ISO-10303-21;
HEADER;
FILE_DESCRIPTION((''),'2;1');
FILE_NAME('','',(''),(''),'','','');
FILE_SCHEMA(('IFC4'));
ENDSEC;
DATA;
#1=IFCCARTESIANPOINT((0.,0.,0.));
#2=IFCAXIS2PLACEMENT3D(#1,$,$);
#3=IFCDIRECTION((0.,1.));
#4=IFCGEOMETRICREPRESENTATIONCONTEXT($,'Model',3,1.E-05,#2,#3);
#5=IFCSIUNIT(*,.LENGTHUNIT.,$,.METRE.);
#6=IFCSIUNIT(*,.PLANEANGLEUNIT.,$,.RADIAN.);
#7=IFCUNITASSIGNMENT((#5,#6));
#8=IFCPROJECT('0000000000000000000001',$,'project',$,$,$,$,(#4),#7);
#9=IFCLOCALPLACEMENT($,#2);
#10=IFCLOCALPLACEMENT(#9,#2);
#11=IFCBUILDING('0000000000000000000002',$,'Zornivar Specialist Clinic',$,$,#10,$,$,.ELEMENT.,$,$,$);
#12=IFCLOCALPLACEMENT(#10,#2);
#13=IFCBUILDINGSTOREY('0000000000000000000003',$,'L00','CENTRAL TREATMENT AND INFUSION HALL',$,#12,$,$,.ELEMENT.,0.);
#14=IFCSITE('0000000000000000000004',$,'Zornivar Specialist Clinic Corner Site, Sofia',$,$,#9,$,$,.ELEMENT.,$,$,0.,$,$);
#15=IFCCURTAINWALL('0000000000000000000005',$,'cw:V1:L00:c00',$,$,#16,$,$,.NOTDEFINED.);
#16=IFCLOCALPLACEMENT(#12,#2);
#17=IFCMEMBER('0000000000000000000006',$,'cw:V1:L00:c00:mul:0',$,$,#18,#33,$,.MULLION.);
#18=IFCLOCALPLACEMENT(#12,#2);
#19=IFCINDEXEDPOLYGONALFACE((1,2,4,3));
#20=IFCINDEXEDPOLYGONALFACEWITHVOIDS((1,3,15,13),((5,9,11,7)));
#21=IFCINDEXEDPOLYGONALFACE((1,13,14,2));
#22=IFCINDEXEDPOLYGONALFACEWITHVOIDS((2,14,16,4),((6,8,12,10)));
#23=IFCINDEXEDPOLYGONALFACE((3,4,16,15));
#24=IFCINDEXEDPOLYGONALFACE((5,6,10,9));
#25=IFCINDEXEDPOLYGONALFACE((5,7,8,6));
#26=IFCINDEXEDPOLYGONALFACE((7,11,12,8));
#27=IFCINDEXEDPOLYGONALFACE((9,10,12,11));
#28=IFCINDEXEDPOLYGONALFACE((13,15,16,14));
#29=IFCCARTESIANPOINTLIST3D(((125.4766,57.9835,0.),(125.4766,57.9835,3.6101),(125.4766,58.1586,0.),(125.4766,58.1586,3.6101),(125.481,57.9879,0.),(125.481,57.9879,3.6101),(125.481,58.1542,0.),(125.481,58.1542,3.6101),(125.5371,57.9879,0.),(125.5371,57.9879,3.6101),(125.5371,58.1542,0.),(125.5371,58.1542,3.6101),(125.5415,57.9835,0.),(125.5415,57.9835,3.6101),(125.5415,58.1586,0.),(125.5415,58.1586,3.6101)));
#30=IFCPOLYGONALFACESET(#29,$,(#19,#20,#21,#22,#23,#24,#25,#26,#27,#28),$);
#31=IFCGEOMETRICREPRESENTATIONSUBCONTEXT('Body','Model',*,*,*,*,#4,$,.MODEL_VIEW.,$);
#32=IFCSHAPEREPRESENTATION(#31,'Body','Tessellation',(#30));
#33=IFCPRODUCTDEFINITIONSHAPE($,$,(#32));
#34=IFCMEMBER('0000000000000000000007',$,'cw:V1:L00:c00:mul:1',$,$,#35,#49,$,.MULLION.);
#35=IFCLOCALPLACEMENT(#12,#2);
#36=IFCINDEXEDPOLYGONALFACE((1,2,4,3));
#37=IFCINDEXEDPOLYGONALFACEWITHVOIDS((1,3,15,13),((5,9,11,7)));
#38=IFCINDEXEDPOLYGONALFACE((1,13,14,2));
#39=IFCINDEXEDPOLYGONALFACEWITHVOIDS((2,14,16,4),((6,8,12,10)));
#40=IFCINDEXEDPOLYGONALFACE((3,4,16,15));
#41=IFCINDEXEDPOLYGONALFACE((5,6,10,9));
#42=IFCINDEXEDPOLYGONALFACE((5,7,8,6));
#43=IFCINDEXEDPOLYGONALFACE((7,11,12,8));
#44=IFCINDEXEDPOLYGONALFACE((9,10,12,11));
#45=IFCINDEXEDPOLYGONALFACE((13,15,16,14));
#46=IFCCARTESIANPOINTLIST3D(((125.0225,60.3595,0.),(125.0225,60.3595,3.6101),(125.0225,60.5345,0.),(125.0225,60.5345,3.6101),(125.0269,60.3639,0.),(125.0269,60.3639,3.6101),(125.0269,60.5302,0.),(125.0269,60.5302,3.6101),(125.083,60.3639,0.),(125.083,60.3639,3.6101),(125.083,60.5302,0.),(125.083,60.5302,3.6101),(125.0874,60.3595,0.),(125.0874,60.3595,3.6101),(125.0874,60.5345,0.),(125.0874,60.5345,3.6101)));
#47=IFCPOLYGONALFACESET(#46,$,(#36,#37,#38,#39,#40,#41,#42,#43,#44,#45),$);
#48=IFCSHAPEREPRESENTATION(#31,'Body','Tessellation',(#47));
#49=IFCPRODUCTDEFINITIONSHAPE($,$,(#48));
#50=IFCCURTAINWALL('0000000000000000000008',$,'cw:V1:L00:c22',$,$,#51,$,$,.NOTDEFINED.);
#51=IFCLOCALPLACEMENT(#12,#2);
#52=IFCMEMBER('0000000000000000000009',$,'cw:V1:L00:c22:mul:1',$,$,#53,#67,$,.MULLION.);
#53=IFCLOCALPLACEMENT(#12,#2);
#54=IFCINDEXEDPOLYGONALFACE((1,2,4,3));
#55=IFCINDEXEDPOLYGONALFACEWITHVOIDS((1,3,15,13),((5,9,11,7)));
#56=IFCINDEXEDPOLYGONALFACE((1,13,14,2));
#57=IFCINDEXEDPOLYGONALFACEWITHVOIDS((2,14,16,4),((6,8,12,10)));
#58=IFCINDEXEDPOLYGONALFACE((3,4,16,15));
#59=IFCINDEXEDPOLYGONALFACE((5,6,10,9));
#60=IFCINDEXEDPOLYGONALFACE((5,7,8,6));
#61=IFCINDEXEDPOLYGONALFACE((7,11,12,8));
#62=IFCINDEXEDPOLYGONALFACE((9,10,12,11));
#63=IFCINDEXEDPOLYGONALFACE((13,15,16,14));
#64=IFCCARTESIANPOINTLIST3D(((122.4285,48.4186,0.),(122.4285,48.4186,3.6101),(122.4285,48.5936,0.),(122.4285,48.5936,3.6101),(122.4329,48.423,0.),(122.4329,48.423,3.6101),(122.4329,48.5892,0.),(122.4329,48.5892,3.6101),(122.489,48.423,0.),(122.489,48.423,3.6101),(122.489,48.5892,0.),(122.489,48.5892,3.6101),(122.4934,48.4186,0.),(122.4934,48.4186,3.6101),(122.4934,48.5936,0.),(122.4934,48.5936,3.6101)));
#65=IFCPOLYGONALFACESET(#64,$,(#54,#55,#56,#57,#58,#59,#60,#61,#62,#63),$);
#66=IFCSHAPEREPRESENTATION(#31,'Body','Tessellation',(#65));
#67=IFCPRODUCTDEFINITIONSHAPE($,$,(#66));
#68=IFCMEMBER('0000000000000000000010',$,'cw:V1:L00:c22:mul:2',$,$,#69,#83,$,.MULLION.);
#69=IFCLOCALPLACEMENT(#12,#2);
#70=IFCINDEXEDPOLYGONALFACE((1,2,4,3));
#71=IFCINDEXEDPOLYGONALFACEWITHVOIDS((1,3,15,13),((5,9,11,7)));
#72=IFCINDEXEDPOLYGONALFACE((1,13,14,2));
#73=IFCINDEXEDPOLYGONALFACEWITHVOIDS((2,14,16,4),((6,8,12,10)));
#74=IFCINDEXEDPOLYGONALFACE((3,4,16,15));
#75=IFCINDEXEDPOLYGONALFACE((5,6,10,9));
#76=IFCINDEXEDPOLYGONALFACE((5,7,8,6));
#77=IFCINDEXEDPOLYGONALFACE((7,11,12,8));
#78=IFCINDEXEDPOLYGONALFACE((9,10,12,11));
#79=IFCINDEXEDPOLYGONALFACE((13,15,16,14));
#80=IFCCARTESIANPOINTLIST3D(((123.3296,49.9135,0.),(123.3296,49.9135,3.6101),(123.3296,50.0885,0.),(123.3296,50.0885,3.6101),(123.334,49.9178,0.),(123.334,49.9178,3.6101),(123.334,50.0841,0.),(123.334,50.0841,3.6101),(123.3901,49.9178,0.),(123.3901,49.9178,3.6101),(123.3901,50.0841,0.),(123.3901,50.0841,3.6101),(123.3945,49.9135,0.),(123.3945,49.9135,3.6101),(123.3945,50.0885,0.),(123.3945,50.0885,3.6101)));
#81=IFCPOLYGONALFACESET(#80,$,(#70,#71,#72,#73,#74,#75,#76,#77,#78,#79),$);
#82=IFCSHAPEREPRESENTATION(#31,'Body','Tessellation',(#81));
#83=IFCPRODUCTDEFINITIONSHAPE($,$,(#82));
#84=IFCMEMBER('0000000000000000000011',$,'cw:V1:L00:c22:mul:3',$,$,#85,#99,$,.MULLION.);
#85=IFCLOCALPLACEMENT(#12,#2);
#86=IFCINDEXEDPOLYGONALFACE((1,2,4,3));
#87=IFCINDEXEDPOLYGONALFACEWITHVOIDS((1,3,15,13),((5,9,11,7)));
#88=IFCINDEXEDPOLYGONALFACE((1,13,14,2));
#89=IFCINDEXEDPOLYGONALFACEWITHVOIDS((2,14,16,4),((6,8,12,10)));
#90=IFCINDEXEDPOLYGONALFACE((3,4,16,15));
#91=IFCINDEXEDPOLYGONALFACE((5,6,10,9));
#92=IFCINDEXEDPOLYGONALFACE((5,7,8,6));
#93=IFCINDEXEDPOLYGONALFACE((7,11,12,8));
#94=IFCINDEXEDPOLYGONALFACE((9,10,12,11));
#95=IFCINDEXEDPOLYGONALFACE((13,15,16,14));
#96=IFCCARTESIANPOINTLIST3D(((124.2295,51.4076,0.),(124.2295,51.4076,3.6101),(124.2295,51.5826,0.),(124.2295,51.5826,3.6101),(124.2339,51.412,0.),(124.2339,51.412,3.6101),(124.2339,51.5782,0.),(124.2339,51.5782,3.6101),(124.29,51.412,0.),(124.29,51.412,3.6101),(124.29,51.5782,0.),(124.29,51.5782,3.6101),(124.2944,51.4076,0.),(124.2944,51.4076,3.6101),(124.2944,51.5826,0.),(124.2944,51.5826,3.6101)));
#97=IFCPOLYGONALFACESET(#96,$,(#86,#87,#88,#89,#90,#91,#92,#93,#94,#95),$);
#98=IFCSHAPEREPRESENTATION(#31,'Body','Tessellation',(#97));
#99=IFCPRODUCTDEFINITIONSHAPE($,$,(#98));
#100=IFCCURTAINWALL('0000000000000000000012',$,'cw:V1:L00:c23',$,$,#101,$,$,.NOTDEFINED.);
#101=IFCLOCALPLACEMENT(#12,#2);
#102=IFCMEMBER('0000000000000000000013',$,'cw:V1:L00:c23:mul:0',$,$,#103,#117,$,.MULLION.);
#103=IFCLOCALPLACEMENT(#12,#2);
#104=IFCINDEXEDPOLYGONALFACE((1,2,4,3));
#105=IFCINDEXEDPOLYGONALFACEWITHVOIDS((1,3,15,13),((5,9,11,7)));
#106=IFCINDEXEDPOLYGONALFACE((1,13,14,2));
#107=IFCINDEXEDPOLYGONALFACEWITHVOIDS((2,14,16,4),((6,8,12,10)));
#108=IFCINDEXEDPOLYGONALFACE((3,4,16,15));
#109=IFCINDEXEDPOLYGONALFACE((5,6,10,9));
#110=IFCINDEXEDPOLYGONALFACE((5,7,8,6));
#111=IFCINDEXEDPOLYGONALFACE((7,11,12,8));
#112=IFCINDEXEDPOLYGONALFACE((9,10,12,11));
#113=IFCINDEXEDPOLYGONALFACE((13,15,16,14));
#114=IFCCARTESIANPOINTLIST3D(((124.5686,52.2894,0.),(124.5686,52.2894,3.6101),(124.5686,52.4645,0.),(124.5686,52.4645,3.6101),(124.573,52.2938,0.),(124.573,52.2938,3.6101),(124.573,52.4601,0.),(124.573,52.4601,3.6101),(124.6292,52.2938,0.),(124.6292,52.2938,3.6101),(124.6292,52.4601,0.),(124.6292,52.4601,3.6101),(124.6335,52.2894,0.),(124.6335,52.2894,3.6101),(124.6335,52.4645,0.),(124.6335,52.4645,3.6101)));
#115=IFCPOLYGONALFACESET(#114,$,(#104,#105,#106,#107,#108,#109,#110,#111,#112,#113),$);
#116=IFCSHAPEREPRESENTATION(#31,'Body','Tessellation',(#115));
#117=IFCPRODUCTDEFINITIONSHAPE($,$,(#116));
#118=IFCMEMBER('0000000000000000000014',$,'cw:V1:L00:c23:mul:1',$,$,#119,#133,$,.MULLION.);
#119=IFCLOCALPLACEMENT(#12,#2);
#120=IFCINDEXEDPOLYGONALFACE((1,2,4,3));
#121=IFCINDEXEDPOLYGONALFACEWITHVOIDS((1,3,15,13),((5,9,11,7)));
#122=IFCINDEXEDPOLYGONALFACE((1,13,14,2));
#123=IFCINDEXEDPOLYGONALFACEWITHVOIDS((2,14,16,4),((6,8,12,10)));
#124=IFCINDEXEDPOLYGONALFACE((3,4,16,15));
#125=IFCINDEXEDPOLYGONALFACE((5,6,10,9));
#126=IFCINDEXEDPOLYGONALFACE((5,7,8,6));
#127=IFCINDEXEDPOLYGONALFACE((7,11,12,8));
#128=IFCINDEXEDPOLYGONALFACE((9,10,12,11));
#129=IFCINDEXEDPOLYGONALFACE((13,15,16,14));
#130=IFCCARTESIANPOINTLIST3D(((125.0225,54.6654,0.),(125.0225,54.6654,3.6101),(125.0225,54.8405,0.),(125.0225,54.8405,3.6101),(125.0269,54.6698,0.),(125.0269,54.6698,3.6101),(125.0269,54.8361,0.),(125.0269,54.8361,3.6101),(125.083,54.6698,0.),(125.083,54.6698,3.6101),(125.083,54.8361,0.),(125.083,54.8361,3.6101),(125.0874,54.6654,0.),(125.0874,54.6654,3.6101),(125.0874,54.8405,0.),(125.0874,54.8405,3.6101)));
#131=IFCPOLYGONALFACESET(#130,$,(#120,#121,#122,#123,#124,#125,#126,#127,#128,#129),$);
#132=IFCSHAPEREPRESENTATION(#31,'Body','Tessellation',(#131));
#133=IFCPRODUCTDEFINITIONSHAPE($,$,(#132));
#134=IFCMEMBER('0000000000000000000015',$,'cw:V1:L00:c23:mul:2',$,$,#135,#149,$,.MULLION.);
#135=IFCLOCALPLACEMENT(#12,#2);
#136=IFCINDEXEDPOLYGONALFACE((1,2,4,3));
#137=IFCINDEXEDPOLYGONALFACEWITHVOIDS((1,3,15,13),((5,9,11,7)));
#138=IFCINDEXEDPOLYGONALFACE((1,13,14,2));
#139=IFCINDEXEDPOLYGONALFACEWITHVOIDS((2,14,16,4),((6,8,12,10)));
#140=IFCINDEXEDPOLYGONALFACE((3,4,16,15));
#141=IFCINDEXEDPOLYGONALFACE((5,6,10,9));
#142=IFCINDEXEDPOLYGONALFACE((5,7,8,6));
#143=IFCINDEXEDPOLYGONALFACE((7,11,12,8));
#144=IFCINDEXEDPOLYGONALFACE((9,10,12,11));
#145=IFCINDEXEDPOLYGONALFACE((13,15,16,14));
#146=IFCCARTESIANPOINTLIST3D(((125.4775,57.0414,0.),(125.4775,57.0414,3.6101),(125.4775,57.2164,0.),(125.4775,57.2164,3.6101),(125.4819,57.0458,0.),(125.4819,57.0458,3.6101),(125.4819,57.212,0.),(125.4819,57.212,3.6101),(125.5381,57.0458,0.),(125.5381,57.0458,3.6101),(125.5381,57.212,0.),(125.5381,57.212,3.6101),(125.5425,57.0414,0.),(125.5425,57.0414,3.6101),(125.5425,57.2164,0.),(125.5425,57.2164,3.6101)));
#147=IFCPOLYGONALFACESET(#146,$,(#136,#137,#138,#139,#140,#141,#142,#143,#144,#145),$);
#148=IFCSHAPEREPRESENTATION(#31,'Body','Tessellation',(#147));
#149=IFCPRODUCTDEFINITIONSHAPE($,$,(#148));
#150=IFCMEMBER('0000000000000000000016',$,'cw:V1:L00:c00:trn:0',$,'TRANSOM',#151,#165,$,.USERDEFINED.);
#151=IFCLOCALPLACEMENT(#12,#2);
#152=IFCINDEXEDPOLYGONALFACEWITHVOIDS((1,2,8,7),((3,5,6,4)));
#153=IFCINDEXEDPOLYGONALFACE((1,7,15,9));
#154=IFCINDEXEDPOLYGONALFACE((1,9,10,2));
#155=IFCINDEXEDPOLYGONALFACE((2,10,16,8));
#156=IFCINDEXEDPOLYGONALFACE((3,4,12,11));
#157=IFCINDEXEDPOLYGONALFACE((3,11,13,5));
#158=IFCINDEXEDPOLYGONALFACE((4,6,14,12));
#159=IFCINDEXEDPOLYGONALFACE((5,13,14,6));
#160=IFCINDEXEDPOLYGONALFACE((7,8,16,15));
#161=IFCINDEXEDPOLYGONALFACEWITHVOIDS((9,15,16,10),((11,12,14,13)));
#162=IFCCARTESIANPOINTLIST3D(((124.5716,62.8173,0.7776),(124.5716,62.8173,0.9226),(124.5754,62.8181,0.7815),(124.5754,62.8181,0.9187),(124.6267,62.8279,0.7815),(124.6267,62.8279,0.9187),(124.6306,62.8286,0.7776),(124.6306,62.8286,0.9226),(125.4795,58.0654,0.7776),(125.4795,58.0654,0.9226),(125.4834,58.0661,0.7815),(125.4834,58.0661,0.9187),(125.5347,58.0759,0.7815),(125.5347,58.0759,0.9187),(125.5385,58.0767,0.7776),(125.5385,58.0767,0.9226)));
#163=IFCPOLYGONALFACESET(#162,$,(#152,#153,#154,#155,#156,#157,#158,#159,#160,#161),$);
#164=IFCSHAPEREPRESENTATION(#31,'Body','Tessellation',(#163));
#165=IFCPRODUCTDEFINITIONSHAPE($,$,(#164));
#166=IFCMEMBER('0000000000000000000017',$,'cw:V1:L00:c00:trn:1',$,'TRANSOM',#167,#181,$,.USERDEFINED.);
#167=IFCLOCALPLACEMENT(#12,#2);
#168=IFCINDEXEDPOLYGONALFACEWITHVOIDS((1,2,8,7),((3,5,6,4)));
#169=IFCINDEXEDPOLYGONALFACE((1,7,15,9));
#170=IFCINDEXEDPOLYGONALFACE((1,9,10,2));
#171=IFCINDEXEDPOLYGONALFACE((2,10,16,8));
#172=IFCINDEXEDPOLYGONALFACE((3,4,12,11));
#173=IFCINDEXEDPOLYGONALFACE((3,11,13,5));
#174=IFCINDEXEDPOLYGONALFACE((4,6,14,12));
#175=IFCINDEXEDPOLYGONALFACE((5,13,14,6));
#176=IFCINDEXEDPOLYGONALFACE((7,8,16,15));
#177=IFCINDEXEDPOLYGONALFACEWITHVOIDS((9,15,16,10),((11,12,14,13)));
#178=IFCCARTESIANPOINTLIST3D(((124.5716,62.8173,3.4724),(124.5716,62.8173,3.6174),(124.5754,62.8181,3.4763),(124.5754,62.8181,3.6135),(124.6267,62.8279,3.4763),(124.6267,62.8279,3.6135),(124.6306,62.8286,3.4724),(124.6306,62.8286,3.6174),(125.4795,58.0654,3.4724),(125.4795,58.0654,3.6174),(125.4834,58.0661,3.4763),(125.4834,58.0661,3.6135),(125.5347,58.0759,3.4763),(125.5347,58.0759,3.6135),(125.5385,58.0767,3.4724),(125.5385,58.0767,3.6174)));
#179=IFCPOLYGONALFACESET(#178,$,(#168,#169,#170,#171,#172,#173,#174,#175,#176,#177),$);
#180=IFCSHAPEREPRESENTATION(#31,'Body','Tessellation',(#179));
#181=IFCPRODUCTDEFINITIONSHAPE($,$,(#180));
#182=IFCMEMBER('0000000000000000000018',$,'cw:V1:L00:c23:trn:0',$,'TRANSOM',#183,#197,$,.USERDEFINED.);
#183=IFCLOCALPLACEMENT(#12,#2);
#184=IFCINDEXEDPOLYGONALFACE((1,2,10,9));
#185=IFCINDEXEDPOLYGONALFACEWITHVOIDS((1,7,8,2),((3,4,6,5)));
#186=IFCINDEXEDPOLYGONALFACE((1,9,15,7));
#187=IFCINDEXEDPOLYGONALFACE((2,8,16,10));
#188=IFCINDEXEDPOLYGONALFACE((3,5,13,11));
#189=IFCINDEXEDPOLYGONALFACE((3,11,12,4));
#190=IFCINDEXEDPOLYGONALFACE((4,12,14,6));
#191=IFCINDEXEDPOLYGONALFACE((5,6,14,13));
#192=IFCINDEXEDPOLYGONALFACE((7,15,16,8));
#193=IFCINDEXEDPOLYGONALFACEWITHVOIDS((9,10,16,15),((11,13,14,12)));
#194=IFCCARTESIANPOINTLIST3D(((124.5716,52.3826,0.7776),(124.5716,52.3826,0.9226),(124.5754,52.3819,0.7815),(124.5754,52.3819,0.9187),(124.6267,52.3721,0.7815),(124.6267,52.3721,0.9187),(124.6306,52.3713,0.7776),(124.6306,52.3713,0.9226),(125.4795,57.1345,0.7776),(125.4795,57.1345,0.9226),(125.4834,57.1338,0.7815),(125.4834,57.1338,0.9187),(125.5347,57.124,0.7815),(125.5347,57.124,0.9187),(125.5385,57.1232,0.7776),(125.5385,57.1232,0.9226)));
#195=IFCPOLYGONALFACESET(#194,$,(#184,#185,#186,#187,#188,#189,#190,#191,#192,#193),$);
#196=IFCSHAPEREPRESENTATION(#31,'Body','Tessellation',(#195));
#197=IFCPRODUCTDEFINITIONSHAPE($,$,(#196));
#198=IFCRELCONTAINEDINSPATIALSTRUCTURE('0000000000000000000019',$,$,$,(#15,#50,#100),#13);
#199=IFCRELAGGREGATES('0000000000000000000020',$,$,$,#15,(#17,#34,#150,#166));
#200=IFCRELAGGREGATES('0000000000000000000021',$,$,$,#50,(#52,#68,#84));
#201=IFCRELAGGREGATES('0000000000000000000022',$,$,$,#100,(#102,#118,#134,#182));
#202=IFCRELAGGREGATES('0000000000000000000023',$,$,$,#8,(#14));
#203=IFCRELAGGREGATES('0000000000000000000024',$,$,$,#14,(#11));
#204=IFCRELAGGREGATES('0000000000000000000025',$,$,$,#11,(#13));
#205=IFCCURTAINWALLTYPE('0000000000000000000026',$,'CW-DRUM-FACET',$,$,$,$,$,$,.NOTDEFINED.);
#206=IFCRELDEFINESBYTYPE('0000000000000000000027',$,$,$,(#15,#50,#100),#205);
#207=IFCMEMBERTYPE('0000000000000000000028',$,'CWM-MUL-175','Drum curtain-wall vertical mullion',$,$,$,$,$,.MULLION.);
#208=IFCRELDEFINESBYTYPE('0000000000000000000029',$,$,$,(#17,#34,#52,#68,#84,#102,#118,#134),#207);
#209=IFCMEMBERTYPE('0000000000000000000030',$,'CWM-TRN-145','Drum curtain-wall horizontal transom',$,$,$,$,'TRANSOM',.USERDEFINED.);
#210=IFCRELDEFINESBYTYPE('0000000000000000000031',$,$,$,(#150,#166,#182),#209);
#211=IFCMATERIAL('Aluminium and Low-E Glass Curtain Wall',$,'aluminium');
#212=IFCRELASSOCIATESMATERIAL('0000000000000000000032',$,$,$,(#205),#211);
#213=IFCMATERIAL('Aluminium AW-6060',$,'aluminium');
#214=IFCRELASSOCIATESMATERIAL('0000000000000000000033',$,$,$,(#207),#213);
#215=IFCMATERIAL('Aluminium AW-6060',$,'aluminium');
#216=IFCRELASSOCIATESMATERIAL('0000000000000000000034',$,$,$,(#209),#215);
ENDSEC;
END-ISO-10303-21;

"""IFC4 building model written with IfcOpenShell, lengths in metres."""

from ifc_helpers import new_model, si_unit, direction, frame, origin, origin_2d, place, context, subcontext, project, spatial, hollow_rectangle, extrude, material, material_profile, profile_set, type_object, element, aggregate, save


model = new_model("IFC4")

# Units and contexts
model_context = context("Model", 3, precision=1e-05, world=origin(), true_north=direction((0.0, 1.0)))
body_context = subcontext(model_context, "Body", "Model", "MODEL_VIEW")
ifc_project = project(units=[si_unit("LENGTHUNIT", "METRE"), si_unit("PLANEANGLEUNIT", "RADIAN")], contexts=[model_context])

# Site, building, storey
site_placement = place(None, origin())
site = spatial("IfcSite", under=ifc_project, at=site_placement, Name="Zornivar Specialist Clinic Corner Site, Sofia", CompositionType="ELEMENT", RefElevation=0.0)
building_placement = place(site_placement, origin())
building = spatial("IfcBuilding", under=site, at=building_placement, Name="Zornivar Specialist Clinic", CompositionType="ELEMENT")
storey_placement = place(building_placement, origin())
storey = spatial("IfcBuildingStorey", under=building, at=storey_placement, Name="L00", Description="CENTRAL TREATMENT AND INFUSION HALL", CompositionType="ELEMENT", Elevation=0.0)

# Curtain walls, members
ifc_material_1 = material(Name="Aluminium and Low-E Glass Curtain Wall", Category="aluminium")
curtain_wall_type = type_object("IfcCurtainWallType", Name="CW-DRUM-FACET", PredefinedType="NOTDEFINED", material=ifc_material_1)
curtain_wall_1_placement = place(storey_placement, origin())
curtain_wall_1 = element("IfcCurtainWall", 1, at=curtain_wall_1_placement, inside=storey, type_object=curtain_wall_type, Name="cw:V1:L00:c00", PredefinedType="NOTDEFINED")
ifc_material_2 = material(Name="Aluminium AW-6060", Category="aluminium")
ifc_material_profile_1 = material_profile(ifc_material_2, hollow_rectangle(XDim=0.0649, YDim=0.175, WallThickness=0.0044, at=origin_2d()), Name="ALU 65x175x4.5")
ifc_profile_set_1 = profile_set([ifc_material_profile_1], Name="Aluminium AW-6060")
member_type_1 = type_object("IfcMemberType", Name="CWM-MUL-175", Description="Drum curtain-wall vertical mullion", PredefinedType="MULLION", material=ifc_profile_set_1)
member_1_placement = place(storey_placement, frame((125.509, 58.071, 0.0), z_axis=(0.0, 0.0, 1.0), x_axis=(1.0, 0.0, 0.0)))
member_1 = element("IfcMember", 2, at=member_1_placement, type_object=member_type_1, Name="cw:V1:L00:c00:mul:0", PredefinedType="MULLION", context=body_context, shape_type="SweptSolid", body=[
    extrude(hollow_rectangle(XDim=0.0649, YDim=0.175, WallThickness=0.0044, at=origin_2d()), origin(), (0.0, 0.0, 1.0), 3.6101),
])
member_2_placement = place(storey_placement, frame((125.0549, 60.447, 0.0), z_axis=(0.0, 0.0, 1.0), x_axis=(1.0, 0.0, 0.0)))
member_2 = element("IfcMember", 3, at=member_2_placement, type_object=member_type_1, Name="cw:V1:L00:c00:mul:1", PredefinedType="MULLION", context=body_context, shape_type="SweptSolid", body=[
    extrude(hollow_rectangle(XDim=0.0649, YDim=0.175, WallThickness=0.0044, at=origin_2d()), origin(), (0.0, 0.0, 1.0), 3.6101),
])
curtain_wall_2_placement = place(storey_placement, origin())
curtain_wall_2 = element("IfcCurtainWall", 4, at=curtain_wall_2_placement, inside=storey, type_object=curtain_wall_type, Name="cw:V1:L00:c22", PredefinedType="NOTDEFINED")
member_3_placement = place(storey_placement, frame((122.4609, 48.5061, 0.0), z_axis=(0.0, 0.0, 1.0), x_axis=(1.0, 0.0, 0.0)))
member_3 = element("IfcMember", 5, at=member_3_placement, type_object=member_type_1, Name="cw:V1:L00:c22:mul:1", PredefinedType="MULLION", context=body_context, shape_type="SweptSolid", body=[
    extrude(hollow_rectangle(XDim=0.0649, YDim=0.175, WallThickness=0.0044, at=origin_2d()), origin(), (0.0, 0.0, 1.0), 3.6101),
])
member_4_placement = place(storey_placement, frame((123.3621, 50.001, 0.0), z_axis=(0.0, 0.0, 1.0), x_axis=(1.0, 0.0, 0.0)))
member_4 = element("IfcMember", 6, at=member_4_placement, type_object=member_type_1, Name="cw:V1:L00:c22:mul:2", PredefinedType="MULLION", context=body_context, shape_type="SweptSolid", body=[
    extrude(hollow_rectangle(XDim=0.0649, YDim=0.175, WallThickness=0.0044, at=origin_2d()), origin(), (0.0, 0.0, 1.0), 3.6101),
])
member_5_placement = place(storey_placement, frame((124.262, 51.4951, 0.0), z_axis=(0.0, 0.0, 1.0), x_axis=(1.0, 0.0, 0.0)))
member_5 = element("IfcMember", 7, at=member_5_placement, type_object=member_type_1, Name="cw:V1:L00:c22:mul:3", PredefinedType="MULLION", context=body_context, shape_type="SweptSolid", body=[
    extrude(hollow_rectangle(XDim=0.0649, YDim=0.175, WallThickness=0.0044, at=origin_2d()), origin(), (0.0, 0.0, 1.0), 3.6101),
])
curtain_wall_3_placement = place(storey_placement, origin())
curtain_wall_3 = element("IfcCurtainWall", 8, at=curtain_wall_3_placement, inside=storey, type_object=curtain_wall_type, Name="cw:V1:L00:c23", PredefinedType="NOTDEFINED")
member_6_placement = place(storey_placement, frame((124.6011, 52.377, 0.0), z_axis=(0.0, 0.0, 1.0), x_axis=(1.0, 0.0, 0.0)))
member_6 = element("IfcMember", 9, at=member_6_placement, type_object=member_type_1, Name="cw:V1:L00:c23:mul:0", PredefinedType="MULLION", context=body_context, shape_type="SweptSolid", body=[
    extrude(hollow_rectangle(XDim=0.0649, YDim=0.175, WallThickness=0.0044, at=origin_2d()), origin(), (0.0, 0.0, 1.0), 3.6101),
])
member_7_placement = place(storey_placement, frame((125.0549, 54.7529, 0.0), z_axis=(0.0, 0.0, 1.0), x_axis=(1.0, 0.0, 0.0)))
member_7 = element("IfcMember", 10, at=member_7_placement, type_object=member_type_1, Name="cw:V1:L00:c23:mul:1", PredefinedType="MULLION", context=body_context, shape_type="SweptSolid", body=[
    extrude(hollow_rectangle(XDim=0.0649, YDim=0.175, WallThickness=0.0044, at=origin_2d()), origin(), (0.0, 0.0, 1.0), 3.6101),
])
member_8_placement = place(storey_placement, frame((125.51, 57.1289, 0.0), z_axis=(0.0, 0.0, 1.0), x_axis=(1.0, 0.0, 0.0)))
member_8 = element("IfcMember", 11, at=member_8_placement, type_object=member_type_1, Name="cw:V1:L00:c23:mul:2", PredefinedType="MULLION", context=body_context, shape_type="SweptSolid", body=[
    extrude(hollow_rectangle(XDim=0.0649, YDim=0.175, WallThickness=0.0044, at=origin_2d()), origin(), (0.0, 0.0, 1.0), 3.6101),
])

# Members
ifc_material_3 = material(Name="Aluminium AW-6060", Category="aluminium")
ifc_material_profile_2 = material_profile(ifc_material_3, hollow_rectangle(XDim=0.0601, YDim=0.145, WallThickness=0.0039, at=origin_2d()), Name="ALU 60x145x4")
ifc_profile_set_2 = profile_set([ifc_material_profile_2], Name="Aluminium AW-6060")
member_type_2 = type_object("IfcMemberType", Name="CWM-TRN-145", Description="Drum curtain-wall horizontal transom", ElementType="TRANSOM", PredefinedType="USERDEFINED", material=ifc_profile_set_2)
member_9_placement = place(storey_placement, frame((125.509, 58.071, 0.8501), z_axis=(-0.187676, 0.982231, 0.0), x_axis=(-0.982231, -0.187676, 0.0)))
member_9 = element("IfcMember", 12, at=member_9_placement, type_object=member_type_2, Name="cw:V1:L00:c00:trn:0", ObjectType="TRANSOM", PredefinedType="USERDEFINED", context=body_context, shape_type="SweptSolid", body=[
    extrude(hollow_rectangle(XDim=0.0601, YDim=0.145, WallThickness=0.0039, at=origin_2d()), origin(), (0.0, 0.0, 1.0), 4.8379),
])
member_10_placement = place(storey_placement, frame((125.509, 58.071, 3.5449), z_axis=(-0.187676, 0.982231, 0.0), x_axis=(-0.982231, -0.187676, 0.0)))
member_10 = element("IfcMember", 13, at=member_10_placement, type_object=member_type_2, Name="cw:V1:L00:c00:trn:1", ObjectType="TRANSOM", PredefinedType="USERDEFINED", context=body_context, shape_type="SweptSolid", body=[
    extrude(hollow_rectangle(XDim=0.0601, YDim=0.145, WallThickness=0.0039, at=origin_2d()), origin(), (0.0, 0.0, 1.0), 4.8379),
])
member_11_placement = place(storey_placement, frame((124.6011, 52.377, 0.8501), z_axis=(0.187676, 0.982231, 0.0), x_axis=(-0.982231, 0.187676, 0.0)))
member_11 = element("IfcMember", 14, at=member_11_placement, type_object=member_type_2, Name="cw:V1:L00:c23:trn:0", ObjectType="TRANSOM", PredefinedType="USERDEFINED", context=body_context, shape_type="SweptSolid", body=[
    extrude(hollow_rectangle(XDim=0.0601, YDim=0.145, WallThickness=0.0039, at=origin_2d()), origin(), (0.0, 0.0, 1.0), 4.8379),
])

aggregate(curtain_wall_1, [member_1, member_2, member_9, member_10])
aggregate(curtain_wall_2, [member_3, member_4, member_5])
aggregate(curtain_wall_3, [member_6, member_7, member_8, member_11])

save(model, "model.ifc")
